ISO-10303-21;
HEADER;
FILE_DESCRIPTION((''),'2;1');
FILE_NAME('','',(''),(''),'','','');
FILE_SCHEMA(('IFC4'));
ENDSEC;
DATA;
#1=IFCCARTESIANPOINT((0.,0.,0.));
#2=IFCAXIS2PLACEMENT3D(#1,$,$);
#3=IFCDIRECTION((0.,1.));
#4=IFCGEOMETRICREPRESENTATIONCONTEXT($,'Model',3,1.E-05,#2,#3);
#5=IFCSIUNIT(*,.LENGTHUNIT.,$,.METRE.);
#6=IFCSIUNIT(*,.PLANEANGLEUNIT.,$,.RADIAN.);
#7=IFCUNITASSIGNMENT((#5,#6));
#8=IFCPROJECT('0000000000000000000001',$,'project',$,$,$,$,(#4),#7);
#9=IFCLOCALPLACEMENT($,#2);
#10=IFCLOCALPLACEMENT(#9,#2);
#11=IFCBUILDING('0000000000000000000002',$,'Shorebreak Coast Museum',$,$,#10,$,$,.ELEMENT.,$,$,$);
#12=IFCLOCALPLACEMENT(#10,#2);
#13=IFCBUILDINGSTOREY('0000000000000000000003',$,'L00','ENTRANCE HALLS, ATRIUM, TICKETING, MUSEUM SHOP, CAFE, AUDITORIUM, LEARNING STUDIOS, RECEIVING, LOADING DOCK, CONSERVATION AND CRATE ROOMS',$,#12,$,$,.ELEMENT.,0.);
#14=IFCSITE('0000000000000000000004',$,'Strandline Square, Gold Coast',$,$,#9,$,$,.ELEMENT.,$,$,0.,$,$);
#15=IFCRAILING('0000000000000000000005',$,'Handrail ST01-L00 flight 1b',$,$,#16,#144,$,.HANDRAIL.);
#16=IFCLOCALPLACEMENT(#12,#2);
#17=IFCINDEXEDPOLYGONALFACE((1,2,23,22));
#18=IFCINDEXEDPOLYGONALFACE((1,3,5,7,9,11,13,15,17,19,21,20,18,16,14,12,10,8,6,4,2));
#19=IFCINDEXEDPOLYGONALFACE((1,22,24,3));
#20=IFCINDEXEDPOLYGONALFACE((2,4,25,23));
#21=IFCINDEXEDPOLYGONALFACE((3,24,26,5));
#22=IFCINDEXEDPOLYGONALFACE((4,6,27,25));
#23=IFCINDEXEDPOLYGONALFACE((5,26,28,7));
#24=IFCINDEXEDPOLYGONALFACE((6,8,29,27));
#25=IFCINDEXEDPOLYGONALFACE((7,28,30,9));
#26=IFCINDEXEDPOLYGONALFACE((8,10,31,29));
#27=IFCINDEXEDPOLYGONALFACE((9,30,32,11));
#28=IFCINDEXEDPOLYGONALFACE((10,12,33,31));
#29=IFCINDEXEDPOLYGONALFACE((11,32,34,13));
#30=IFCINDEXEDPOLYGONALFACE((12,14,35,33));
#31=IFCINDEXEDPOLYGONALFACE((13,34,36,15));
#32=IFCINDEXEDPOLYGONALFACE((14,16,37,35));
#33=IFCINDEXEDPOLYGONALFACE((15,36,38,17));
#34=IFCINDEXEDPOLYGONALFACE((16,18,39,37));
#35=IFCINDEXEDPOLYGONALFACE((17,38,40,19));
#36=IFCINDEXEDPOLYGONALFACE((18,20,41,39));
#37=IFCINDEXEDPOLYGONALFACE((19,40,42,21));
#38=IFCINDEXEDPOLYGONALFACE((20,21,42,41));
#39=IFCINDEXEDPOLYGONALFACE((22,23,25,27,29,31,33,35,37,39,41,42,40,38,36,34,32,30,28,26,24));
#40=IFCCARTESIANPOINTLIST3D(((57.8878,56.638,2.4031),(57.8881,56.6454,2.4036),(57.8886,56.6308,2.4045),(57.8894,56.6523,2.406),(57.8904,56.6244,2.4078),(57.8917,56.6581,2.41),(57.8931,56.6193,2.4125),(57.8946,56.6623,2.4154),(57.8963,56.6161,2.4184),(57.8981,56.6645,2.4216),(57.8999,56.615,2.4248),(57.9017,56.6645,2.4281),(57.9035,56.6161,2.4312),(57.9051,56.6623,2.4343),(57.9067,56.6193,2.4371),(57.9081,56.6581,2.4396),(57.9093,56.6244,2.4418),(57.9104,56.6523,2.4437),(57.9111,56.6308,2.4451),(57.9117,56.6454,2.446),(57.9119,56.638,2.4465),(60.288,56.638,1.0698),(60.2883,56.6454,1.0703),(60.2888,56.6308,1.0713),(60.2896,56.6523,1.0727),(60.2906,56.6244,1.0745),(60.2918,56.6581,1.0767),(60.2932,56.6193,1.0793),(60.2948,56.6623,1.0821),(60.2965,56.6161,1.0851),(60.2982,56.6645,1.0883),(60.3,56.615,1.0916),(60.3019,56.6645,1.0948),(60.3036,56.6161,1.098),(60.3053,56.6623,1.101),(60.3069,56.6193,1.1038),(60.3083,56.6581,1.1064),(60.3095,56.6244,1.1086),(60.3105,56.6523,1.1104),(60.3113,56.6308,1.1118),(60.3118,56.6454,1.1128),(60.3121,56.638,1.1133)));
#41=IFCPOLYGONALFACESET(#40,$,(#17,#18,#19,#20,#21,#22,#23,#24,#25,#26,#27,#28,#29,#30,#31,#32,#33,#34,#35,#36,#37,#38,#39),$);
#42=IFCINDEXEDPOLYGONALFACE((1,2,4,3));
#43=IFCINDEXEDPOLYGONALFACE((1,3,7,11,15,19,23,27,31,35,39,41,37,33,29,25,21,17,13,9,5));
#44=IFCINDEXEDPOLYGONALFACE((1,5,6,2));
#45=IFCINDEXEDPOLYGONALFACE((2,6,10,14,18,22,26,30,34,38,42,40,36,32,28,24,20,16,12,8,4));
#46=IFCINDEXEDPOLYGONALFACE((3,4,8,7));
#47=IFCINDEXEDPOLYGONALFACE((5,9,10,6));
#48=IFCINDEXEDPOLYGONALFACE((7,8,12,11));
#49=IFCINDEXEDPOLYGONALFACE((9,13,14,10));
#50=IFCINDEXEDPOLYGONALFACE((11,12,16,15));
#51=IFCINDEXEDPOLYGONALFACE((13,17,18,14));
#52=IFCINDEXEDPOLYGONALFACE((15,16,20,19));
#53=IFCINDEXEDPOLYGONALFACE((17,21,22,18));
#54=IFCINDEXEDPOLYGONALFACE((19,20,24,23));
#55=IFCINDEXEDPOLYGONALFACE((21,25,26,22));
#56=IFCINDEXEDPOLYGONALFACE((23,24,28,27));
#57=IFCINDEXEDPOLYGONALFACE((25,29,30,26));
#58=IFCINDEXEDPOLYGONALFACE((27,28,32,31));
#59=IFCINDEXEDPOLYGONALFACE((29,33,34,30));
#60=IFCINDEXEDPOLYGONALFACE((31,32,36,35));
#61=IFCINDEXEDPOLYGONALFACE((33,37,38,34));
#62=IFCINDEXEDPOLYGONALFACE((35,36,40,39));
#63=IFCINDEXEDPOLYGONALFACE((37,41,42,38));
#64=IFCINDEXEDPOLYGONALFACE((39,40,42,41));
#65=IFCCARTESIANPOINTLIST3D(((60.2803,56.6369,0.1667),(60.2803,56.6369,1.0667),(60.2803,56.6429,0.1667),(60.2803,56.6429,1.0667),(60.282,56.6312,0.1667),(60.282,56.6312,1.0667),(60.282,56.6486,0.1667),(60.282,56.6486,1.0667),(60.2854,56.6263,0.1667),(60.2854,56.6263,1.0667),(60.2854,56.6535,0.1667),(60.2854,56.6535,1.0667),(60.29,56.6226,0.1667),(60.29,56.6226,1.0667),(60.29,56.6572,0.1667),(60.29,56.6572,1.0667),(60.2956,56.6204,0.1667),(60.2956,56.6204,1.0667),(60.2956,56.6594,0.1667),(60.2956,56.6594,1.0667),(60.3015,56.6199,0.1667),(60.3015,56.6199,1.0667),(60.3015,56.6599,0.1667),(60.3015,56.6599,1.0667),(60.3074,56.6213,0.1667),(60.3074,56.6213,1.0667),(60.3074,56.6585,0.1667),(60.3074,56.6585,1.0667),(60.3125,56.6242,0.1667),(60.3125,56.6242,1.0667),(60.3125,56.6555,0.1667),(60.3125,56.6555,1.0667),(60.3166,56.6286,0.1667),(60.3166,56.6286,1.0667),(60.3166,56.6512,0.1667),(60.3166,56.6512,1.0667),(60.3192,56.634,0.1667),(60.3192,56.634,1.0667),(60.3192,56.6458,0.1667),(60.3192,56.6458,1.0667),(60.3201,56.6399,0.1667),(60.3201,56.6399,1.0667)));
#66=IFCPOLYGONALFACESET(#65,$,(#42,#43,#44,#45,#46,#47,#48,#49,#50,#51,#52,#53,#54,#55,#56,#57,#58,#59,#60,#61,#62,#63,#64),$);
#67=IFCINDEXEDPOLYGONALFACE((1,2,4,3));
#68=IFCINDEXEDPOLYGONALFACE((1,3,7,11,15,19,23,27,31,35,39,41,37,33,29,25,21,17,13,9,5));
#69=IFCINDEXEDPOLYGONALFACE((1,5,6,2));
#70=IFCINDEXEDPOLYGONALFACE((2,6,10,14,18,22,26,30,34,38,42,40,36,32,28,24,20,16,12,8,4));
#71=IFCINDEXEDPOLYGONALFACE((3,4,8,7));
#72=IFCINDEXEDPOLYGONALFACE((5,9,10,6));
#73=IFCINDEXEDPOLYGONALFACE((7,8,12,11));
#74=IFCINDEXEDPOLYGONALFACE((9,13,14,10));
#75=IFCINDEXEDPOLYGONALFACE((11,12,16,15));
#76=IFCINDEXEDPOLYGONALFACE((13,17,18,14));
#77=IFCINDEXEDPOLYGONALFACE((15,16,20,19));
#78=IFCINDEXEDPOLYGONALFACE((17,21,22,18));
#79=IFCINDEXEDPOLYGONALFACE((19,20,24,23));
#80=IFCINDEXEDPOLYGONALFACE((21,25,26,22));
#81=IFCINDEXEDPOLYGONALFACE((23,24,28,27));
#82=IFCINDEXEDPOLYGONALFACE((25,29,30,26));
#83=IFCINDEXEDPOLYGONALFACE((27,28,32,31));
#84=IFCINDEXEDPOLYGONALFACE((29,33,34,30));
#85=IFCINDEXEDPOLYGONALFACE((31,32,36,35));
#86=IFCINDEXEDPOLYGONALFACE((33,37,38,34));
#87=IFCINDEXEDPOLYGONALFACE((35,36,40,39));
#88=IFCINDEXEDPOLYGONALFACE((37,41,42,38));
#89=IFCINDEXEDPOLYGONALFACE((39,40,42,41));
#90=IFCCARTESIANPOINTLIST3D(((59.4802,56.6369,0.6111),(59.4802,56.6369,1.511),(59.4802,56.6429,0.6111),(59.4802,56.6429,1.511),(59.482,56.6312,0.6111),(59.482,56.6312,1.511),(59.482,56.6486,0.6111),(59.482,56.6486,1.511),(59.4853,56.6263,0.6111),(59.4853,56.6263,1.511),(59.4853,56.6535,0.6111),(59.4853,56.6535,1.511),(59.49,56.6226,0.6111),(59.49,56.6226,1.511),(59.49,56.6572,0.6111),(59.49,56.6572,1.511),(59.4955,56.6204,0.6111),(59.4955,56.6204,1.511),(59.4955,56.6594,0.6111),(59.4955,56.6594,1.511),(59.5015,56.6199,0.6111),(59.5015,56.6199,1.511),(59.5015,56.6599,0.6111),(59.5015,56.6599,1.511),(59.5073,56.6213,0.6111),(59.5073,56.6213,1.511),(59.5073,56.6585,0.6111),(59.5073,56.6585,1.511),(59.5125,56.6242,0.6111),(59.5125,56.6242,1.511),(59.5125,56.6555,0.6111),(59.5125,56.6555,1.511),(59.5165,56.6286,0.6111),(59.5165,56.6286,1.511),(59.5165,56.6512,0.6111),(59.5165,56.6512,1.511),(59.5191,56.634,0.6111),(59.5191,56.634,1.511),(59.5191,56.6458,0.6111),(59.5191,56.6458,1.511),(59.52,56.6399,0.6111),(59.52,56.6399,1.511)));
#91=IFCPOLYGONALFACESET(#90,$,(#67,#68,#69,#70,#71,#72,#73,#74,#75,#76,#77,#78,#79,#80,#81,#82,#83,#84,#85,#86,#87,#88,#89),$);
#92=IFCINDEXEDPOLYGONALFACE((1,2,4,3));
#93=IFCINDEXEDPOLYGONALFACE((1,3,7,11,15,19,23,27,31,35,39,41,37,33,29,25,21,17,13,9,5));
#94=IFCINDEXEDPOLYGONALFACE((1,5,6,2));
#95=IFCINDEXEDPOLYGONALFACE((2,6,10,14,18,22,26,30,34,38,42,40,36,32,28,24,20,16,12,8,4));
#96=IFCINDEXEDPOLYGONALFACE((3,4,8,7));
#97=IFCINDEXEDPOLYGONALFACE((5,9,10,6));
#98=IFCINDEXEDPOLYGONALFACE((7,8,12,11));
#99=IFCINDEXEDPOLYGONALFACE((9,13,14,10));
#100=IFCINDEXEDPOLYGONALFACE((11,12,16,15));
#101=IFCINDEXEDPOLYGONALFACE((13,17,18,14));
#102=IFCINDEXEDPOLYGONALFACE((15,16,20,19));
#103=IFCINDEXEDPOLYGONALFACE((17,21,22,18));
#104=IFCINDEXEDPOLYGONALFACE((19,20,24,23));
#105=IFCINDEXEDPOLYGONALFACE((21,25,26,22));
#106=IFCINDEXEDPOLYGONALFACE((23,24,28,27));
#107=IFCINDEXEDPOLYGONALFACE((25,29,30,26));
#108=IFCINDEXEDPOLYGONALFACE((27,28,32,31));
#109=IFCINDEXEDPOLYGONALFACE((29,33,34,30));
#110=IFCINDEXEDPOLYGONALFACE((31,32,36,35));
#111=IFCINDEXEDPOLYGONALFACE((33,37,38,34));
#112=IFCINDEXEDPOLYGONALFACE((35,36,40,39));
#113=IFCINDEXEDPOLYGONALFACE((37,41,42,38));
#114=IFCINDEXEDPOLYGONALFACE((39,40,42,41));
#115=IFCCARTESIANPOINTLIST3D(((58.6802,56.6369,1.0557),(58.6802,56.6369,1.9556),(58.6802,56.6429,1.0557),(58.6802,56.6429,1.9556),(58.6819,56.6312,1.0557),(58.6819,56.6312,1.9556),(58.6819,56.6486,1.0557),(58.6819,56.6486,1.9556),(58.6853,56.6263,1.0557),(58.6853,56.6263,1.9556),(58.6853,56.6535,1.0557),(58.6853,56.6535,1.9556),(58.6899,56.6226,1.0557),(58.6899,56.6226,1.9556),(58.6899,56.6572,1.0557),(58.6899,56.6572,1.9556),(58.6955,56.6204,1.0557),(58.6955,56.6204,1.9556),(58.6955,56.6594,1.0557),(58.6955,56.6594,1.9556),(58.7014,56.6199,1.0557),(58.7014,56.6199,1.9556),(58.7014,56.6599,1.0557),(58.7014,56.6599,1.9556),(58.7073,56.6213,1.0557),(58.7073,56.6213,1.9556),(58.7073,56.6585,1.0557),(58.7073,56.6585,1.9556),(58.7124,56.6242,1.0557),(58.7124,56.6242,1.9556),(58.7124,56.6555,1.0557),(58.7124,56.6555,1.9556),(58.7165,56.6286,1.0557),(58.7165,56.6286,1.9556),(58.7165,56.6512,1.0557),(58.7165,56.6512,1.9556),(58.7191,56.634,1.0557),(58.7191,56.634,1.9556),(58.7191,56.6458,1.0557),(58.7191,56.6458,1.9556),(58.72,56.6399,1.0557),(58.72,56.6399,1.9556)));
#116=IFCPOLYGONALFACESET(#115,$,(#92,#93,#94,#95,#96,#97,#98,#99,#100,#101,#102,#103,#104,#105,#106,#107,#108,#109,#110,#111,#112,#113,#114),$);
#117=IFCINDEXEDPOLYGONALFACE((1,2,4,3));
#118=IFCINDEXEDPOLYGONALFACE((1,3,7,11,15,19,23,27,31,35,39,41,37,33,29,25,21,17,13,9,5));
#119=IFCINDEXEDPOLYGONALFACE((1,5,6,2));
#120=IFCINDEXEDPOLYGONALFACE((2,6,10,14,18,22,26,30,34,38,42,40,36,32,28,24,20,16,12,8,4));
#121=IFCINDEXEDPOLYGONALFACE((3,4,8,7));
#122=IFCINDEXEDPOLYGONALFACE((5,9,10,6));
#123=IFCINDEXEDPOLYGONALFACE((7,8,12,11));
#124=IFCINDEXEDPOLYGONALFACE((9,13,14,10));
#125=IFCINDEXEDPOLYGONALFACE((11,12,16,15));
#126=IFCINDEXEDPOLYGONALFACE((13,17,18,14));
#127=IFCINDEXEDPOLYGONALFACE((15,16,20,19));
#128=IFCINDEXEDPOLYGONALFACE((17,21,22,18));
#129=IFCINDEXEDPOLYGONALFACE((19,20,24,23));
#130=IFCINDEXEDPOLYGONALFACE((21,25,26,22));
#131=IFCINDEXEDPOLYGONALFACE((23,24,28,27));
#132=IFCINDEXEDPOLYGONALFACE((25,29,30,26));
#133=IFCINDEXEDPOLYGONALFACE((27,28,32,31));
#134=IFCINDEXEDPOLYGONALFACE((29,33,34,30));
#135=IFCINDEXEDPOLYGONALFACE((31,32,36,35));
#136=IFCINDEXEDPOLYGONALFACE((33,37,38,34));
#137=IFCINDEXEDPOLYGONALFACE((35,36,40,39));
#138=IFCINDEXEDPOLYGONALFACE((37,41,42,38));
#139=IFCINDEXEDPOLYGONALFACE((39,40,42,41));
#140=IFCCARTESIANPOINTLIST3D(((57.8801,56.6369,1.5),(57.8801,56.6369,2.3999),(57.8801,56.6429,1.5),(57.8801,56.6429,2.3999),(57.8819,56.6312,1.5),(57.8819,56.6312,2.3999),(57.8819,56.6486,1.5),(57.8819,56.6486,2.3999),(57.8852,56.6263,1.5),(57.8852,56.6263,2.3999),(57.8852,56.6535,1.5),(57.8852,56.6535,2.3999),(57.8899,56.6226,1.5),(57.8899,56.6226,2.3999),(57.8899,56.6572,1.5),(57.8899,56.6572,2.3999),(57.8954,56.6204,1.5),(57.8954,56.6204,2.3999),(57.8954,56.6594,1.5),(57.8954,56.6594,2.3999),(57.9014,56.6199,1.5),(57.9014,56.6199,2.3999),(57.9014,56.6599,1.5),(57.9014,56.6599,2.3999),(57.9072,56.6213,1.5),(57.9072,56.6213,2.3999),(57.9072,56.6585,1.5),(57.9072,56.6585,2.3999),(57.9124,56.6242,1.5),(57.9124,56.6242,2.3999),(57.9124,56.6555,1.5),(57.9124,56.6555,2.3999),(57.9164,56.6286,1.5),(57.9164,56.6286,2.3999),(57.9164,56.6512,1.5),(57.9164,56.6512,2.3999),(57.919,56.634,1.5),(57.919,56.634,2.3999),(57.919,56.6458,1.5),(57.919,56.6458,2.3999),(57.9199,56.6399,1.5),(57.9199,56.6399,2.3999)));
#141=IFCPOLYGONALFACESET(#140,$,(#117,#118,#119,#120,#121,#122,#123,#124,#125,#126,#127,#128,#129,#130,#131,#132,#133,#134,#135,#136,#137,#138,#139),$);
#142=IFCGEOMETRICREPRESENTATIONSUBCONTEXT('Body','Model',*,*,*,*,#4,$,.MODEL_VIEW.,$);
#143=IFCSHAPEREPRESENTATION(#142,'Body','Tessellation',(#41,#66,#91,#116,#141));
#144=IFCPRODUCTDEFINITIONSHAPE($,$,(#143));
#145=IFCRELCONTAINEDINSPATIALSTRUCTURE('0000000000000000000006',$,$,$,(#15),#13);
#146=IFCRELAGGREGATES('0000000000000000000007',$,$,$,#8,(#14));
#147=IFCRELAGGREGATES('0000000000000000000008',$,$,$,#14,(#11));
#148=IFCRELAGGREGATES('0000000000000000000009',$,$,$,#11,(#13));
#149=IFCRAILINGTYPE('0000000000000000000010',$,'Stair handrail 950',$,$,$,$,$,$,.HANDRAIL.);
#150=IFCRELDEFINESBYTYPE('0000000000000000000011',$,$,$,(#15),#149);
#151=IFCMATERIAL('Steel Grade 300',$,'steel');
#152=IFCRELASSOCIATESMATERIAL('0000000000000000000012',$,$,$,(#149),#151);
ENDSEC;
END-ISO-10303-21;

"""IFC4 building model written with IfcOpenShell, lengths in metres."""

from ifc_helpers import new_model, si_unit, direction, frame, origin, origin_2d, place, context, subcontext, project, spatial, circle, extrude, material, type_object, element, save


model = new_model("IFC4")

# Units and contexts
model_context = context("Model", 3, precision=1e-05, world=origin(), true_north=direction((0.0, 1.0)))
body_context = subcontext(model_context, "Body", "Model", "MODEL_VIEW")
ifc_project = project(units=[si_unit("LENGTHUNIT", "METRE"), si_unit("PLANEANGLEUNIT", "RADIAN")], contexts=[model_context])

# Site, building, storey
site_placement = place(None, origin())
site = spatial("IfcSite", under=ifc_project, at=site_placement, Name="Strandline Square, Gold Coast", CompositionType="ELEMENT", RefElevation=0.0)
building_placement = place(site_placement, origin())
building = spatial("IfcBuilding", under=site, at=building_placement, Name="Shorebreak Coast Museum", CompositionType="ELEMENT")
storey_placement = place(building_placement, origin())
storey = spatial("IfcBuildingStorey", under=building, at=storey_placement, Name="L00", Description="ENTRANCE HALLS, ATRIUM, TICKETING, MUSEUM SHOP, CAFE, AUDITORIUM, LEARNING STUDIOS, RECEIVING, LOADING DOCK, CONSERVATION AND CRATE ROOMS", CompositionType="ELEMENT", Elevation=0.0)

# Railing
ifc_material_1 = material(Name="Steel Grade 300", Category="steel")
railing_type_1 = type_object("IfcRailingType", Name="Stair handrail 950", PredefinedType="HANDRAIL", material=ifc_material_1)
for number, where, name in (
    (1, (60.3, 56.6399, 0.1667), "Handrail ST01-L00 flight 1b"),
):
    element("IfcRailing", number, at=place(storey_placement, frame(where)), inside=storey, type_object=railing_type_1, Name=name, PredefinedType="HANDRAIL", context=body_context, shape_type="SweptSolid", body=[
        extrude(circle(Radius=0.0249, at=origin_2d()), frame((0.0, 0.0, 0.9248), z_axis=(-0.874182, 0.0, 0.485598), x_axis=(0.0, -1.0, 0.0)), (0.0, 0.0, 1.0), 2.7456),
        extrude(circle(Radius=0.02, at=origin_2d()), origin(), (0.0, 0.0, 1.0), 0.8999),
        extrude(circle(Radius=0.02, at=origin_2d()), frame((-0.8, 0.0, 0.4443)), (0.0, 0.0, 1.0), 0.8999),
        extrude(circle(Radius=0.02, at=origin_2d()), frame((-1.6001, 0.0, 0.8889)), (0.0, 0.0, 1.0), 0.8999),
        extrude(circle(Radius=0.02, at=origin_2d()), frame((-2.4001, 0.0, 1.3333)), (0.0, 0.0, 1.0), 0.8999),
    ])

save(model, "model.ifc")
